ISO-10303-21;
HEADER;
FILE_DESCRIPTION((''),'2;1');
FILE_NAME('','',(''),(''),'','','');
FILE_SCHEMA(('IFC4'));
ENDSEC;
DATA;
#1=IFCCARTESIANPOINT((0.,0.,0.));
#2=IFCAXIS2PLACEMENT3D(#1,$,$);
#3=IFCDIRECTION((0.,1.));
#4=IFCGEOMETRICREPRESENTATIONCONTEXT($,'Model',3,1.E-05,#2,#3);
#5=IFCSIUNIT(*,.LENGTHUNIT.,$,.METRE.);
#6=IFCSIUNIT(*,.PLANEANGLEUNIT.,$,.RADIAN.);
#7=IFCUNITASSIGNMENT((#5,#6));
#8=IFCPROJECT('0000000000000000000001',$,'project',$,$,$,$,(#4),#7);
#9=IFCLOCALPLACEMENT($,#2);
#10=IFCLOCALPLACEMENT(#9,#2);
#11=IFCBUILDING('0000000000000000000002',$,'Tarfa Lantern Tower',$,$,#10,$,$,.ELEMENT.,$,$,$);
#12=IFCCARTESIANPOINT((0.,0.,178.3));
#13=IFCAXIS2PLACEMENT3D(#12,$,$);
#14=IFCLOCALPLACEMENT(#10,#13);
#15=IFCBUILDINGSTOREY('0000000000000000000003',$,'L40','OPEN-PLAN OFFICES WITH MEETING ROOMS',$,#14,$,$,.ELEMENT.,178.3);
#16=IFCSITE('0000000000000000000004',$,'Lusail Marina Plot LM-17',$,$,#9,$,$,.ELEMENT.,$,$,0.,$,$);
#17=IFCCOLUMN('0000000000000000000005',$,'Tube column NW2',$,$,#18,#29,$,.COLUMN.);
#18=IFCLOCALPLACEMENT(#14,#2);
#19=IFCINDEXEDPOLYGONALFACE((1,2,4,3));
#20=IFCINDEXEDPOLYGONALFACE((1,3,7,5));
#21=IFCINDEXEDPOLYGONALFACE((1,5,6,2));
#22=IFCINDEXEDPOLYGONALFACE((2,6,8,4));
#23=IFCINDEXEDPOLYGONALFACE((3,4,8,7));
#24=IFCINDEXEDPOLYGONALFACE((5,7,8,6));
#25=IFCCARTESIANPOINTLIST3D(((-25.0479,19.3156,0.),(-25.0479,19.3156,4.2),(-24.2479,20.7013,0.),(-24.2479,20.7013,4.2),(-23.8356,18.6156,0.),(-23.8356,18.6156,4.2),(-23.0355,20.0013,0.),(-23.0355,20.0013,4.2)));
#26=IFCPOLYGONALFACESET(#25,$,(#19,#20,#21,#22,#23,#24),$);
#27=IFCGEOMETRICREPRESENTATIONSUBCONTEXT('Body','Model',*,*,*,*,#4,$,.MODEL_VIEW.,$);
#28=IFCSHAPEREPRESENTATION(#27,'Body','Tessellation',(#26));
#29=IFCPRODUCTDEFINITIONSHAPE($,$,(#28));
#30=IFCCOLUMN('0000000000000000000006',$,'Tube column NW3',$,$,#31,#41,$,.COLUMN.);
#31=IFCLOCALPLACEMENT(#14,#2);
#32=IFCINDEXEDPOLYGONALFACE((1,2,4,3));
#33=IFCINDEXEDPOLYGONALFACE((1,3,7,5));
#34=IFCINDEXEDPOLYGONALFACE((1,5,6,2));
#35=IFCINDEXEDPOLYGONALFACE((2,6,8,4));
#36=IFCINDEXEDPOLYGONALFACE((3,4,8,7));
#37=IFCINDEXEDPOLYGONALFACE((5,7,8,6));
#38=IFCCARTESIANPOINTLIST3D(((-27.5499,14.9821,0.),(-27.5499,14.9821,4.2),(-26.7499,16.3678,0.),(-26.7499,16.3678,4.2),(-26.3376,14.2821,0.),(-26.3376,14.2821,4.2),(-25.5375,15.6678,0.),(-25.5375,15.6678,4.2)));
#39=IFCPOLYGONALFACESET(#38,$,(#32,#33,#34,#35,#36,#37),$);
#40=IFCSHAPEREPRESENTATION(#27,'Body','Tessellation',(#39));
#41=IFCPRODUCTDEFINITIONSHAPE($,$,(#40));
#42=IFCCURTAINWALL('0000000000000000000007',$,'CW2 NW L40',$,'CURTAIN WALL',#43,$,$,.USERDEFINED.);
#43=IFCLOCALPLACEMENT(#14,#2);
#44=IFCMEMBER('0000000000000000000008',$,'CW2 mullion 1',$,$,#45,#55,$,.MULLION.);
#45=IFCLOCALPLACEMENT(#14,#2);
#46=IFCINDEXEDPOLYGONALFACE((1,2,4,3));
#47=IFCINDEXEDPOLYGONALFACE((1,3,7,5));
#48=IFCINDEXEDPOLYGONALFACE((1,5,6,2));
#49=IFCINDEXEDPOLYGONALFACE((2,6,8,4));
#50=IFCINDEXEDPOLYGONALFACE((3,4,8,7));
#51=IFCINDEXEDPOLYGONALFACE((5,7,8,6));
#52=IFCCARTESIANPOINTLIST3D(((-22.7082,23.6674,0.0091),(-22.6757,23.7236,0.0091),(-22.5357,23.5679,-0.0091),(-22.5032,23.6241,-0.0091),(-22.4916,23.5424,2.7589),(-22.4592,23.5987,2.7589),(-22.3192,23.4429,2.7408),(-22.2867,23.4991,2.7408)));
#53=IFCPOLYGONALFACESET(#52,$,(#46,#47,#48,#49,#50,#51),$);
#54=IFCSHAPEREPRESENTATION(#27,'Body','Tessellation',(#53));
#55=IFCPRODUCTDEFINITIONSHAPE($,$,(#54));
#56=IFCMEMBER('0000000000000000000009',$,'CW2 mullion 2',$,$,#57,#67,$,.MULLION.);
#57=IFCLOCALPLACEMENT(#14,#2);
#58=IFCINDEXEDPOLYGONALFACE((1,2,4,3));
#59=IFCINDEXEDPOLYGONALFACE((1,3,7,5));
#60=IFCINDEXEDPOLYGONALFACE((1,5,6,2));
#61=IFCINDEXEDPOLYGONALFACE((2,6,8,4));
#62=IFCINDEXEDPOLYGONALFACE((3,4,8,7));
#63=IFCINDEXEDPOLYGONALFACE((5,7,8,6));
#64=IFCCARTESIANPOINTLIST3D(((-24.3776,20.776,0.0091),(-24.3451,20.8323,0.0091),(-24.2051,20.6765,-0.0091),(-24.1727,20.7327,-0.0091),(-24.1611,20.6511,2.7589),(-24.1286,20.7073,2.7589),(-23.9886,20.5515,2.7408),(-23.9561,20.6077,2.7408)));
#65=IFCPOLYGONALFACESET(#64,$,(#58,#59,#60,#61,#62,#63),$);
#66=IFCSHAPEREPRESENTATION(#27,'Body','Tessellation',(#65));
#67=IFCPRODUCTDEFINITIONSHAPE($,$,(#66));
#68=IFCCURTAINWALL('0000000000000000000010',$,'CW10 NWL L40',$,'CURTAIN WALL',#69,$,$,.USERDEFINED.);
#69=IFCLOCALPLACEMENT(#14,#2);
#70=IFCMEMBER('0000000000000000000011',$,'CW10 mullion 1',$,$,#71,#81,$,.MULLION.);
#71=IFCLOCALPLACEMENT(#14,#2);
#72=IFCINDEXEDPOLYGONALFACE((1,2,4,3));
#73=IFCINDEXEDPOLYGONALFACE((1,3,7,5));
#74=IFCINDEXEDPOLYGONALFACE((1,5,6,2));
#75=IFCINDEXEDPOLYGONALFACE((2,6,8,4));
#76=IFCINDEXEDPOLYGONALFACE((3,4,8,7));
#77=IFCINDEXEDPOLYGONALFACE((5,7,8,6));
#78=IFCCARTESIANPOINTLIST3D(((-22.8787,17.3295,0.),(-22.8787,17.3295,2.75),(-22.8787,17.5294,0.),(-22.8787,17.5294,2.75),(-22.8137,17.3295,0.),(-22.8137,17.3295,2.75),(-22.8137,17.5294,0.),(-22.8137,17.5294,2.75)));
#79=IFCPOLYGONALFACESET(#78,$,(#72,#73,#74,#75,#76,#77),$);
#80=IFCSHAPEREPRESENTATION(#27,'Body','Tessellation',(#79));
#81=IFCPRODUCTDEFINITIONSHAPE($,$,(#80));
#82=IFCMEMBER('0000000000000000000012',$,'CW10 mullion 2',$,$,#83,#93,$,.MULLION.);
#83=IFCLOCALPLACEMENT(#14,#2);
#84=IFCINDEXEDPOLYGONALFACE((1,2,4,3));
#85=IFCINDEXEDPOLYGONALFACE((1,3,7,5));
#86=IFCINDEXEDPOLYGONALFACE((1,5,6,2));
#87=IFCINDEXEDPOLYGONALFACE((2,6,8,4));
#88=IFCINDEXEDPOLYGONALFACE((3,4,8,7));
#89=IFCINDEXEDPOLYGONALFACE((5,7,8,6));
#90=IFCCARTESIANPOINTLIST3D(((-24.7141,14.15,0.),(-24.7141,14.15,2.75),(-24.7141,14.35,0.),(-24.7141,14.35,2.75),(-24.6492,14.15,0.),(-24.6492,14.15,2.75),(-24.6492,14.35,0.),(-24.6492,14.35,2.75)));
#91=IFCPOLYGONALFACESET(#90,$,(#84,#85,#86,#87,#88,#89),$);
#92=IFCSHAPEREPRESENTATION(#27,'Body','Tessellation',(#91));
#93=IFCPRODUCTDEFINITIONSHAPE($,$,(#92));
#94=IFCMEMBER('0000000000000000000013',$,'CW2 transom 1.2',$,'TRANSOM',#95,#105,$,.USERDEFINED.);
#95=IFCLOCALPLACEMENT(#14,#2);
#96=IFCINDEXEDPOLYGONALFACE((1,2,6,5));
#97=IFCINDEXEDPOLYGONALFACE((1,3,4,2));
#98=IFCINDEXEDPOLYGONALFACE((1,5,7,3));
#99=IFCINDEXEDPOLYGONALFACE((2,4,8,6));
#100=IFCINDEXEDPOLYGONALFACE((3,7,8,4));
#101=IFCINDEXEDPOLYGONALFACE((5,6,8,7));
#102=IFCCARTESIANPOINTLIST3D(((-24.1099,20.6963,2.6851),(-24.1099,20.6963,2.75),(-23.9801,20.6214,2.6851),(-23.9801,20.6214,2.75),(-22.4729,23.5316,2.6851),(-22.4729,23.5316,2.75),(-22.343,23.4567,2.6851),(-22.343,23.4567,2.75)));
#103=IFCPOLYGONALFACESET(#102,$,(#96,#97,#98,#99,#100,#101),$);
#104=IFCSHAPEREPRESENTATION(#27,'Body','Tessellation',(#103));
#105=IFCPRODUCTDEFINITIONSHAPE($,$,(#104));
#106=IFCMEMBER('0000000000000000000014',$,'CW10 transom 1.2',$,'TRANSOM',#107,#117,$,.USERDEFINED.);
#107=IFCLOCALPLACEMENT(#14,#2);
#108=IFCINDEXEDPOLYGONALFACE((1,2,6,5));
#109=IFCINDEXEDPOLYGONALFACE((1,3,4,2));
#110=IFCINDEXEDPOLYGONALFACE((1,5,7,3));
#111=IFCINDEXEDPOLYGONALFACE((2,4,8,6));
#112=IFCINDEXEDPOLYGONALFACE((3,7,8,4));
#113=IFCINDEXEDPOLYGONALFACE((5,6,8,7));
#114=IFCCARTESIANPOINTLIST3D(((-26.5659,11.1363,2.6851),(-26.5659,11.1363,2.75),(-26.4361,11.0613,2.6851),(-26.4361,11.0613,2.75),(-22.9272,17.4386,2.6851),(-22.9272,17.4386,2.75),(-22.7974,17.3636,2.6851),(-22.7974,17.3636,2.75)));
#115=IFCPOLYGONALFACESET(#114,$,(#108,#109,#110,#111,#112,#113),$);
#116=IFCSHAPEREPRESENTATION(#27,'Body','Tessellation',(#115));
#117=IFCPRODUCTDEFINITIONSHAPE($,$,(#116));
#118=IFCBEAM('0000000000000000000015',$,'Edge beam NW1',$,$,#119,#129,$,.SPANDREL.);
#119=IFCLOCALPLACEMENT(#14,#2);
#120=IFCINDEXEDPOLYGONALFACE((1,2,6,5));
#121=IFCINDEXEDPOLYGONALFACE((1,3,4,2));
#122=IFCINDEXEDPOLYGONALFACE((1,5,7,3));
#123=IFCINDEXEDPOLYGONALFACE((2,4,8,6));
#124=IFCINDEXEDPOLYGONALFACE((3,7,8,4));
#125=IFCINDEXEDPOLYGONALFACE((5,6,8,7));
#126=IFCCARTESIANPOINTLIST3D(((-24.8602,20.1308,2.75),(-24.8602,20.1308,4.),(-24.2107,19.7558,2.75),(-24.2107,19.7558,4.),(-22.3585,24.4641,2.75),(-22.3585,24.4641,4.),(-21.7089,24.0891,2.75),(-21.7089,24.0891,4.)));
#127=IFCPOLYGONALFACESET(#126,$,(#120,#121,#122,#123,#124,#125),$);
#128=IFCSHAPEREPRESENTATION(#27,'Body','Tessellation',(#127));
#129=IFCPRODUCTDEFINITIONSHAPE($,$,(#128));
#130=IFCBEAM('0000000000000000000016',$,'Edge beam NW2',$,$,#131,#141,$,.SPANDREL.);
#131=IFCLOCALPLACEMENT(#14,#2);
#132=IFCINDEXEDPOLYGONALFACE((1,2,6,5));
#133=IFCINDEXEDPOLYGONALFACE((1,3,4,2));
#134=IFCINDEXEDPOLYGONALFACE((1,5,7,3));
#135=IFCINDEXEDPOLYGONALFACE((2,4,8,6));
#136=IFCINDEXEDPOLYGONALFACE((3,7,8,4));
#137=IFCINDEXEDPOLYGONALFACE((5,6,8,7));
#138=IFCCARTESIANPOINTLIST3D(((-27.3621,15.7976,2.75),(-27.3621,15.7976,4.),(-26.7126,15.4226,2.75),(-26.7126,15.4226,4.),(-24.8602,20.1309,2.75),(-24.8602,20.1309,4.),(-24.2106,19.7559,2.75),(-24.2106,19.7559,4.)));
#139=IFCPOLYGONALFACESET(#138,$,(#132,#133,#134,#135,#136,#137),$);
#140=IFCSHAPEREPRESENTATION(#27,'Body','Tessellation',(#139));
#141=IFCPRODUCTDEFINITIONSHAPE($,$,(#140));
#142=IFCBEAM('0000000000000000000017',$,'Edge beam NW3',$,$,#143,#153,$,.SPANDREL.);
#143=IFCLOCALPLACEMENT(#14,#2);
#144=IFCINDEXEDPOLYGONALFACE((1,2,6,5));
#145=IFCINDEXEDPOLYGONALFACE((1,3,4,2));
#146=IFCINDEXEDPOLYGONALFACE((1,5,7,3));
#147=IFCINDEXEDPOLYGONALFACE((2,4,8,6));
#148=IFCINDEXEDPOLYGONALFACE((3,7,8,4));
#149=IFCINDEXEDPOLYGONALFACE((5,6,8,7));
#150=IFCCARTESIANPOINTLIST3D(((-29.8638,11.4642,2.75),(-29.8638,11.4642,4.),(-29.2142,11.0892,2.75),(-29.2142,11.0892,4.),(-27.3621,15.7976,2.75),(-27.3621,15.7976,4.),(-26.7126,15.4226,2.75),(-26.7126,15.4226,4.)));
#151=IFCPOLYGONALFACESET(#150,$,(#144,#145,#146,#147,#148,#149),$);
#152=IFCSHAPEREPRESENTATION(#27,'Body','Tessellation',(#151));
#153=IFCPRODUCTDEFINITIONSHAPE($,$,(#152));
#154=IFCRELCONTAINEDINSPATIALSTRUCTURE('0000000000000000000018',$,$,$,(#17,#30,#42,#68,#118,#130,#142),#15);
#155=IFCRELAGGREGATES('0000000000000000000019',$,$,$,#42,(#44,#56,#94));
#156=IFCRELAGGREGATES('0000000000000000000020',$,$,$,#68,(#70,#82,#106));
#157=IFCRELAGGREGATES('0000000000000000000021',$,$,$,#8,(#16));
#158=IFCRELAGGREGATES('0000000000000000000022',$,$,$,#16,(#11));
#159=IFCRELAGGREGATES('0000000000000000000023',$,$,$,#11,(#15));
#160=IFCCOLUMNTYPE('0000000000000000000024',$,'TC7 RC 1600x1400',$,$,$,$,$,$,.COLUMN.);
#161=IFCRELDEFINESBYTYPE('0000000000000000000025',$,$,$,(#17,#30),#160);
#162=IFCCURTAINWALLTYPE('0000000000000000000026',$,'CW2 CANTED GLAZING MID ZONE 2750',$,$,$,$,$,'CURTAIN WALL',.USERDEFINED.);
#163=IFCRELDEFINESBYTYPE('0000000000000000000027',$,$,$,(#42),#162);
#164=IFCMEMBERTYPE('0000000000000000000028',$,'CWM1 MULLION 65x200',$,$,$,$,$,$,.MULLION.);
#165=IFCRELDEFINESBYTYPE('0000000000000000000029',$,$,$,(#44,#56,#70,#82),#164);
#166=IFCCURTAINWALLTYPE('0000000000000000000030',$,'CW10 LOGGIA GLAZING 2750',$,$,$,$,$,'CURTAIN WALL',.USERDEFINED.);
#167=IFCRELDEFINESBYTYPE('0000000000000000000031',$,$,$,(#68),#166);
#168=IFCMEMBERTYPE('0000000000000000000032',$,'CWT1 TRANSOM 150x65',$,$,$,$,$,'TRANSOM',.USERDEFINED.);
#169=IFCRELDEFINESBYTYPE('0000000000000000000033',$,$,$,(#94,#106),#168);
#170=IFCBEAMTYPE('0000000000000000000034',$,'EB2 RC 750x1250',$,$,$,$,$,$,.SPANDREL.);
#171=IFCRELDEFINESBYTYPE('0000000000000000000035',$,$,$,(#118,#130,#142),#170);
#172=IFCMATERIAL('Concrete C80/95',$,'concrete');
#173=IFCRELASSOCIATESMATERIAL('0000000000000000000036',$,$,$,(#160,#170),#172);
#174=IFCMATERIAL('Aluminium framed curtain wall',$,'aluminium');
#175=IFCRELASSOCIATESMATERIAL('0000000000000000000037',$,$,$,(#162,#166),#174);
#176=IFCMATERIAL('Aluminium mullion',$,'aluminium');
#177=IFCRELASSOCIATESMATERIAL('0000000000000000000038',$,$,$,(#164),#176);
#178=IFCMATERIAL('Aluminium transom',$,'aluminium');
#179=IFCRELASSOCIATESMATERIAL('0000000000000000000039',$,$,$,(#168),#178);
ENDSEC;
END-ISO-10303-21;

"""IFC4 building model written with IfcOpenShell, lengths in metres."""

from ifc_helpers import new_model, si_unit, direction, frame, origin, origin_2d, place, context, subcontext, project, spatial, rectangle, extrude, material, material_profile, profile_set, type_object, element, aggregate, save


model = new_model("IFC4")

# Units and contexts
model_context = context("Model", 3, precision=1e-05, world=origin(), true_north=direction((0.0, 1.0)))
body_context = subcontext(model_context, "Body", "Model", "MODEL_VIEW")
ifc_project = project(units=[si_unit("LENGTHUNIT", "METRE"), si_unit("PLANEANGLEUNIT", "RADIAN")], contexts=[model_context])

# Site, building, storey
site_placement = place(None, origin())
site = spatial("IfcSite", under=ifc_project, at=site_placement, Name="Lusail Marina Plot LM-17", CompositionType="ELEMENT", RefElevation=0.0)
building_placement = place(site_placement, origin())
building = spatial("IfcBuilding", under=site, at=building_placement, Name="Tarfa Lantern Tower", CompositionType="ELEMENT")
storey_placement = place(building_placement, frame((0.0, 0.0, 178.3)))
storey = spatial("IfcBuildingStorey", under=building, at=storey_placement, Name="L40", Description="OPEN-PLAN OFFICES WITH MEETING ROOMS", CompositionType="ELEMENT", Elevation=178.3)

# Columns
ifc_material_1 = material(Name="Concrete C80/95", Category="concrete")
ifc_material_profile_1 = material_profile(ifc_material_1, rectangle(XDim=1.6001, YDim=1.3999, at=origin_2d()), Name="RC 1600x1400")
ifc_profile_set_1 = profile_set([ifc_material_profile_1], Name="Concrete C80/95")
column_type = type_object("IfcColumnType", Name="TC7 RC 1600x1400", PredefinedType="COLUMN", material=ifc_profile_set_1)
for number, where, z_axis, x_axis, name in (
    (1, (-24.0417, 19.6584, 0.0), (0.0, 0.0, 1.0), (-0.5, -0.866025, 0.0), "Tube column NW2"),
    (2, (-26.5437, 15.325, 0.0), (0.0, 0.0, 1.0), (-0.5, -0.866025, 0.0), "Tube column NW3"),
):
    element("IfcColumn", number, at=place(storey_placement, frame(where, z_axis=z_axis, x_axis=x_axis)), inside=storey, type_object=column_type, Name=name, PredefinedType="COLUMN", context=body_context, shape_type="SweptSolid", body=[
        extrude(rectangle(XDim=1.6001, YDim=1.3999, at=origin_2d()), origin(), (0.0, 0.0, 1.0), 4.2),
    ])

# Curtain walls, members
ifc_material_2 = material(Name="Aluminium framed curtain wall", Category="aluminium")
curtain_wall_type_1 = type_object("IfcCurtainWallType", Name="CW2 CANTED GLAZING MID ZONE 2750", ElementType="CURTAIN WALL", PredefinedType="USERDEFINED", material=ifc_material_2)
curtain_wall_1_placement = place(storey_placement, origin())
curtain_wall_1 = element("IfcCurtainWall", 3, at=curtain_wall_1_placement, inside=storey, type_object=curtain_wall_type_1, Name="CW2 NW L40", ObjectType="CURTAIN WALL", PredefinedType="USERDEFINED")
ifc_material_3 = material(Name="Aluminium mullion", Category="aluminium")
ifc_material_profile_2 = material_profile(ifc_material_3, rectangle(XDim=0.0649, YDim=0.2, at=origin_2d()), Name="AL MULLION 65x200")
ifc_profile_set_2 = profile_set([ifc_material_profile_2], Name="Aluminium mullion")
member_type_1 = type_object("IfcMemberType", Name="CWM1 MULLION 65x200", PredefinedType="MULLION", material=ifc_profile_set_2)
member_1_placement = place(storey_placement, frame((-22.6057, 23.6458, 0.0), z_axis=(0.078423, -0.045268, 0.995892), x_axis=(0.49992, 0.866072, 0.0)))
member_1 = element("IfcMember", 4, at=member_1_placement, type_object=member_type_1, Name="CW2 mullion 1", PredefinedType="MULLION", context=body_context, shape_type="SweptSolid", body=[
    extrude(rectangle(XDim=0.0649, YDim=0.2, at=origin_2d()), origin(), (0.0, 0.0, 1.0), 2.7612),
])
member_2_placement = place(storey_placement, frame((-24.2751, 20.7544, 0.0), z_axis=(0.078423, -0.045268, 0.995892), x_axis=(0.49992, 0.866072, 0.0)))
member_2 = element("IfcMember", 5, at=member_2_placement, type_object=member_type_1, Name="CW2 mullion 2", PredefinedType="MULLION", context=body_context, shape_type="SweptSolid", body=[
    extrude(rectangle(XDim=0.0649, YDim=0.2, at=origin_2d()), origin(), (0.0, 0.0, 1.0), 2.7612),
])
curtain_wall_type_2 = type_object("IfcCurtainWallType", Name="CW10 LOGGIA GLAZING 2750", ElementType="CURTAIN WALL", PredefinedType="USERDEFINED", material=ifc_material_2)
curtain_wall_2_placement = place(storey_placement, origin())
curtain_wall_2 = element("IfcCurtainWall", 6, at=curtain_wall_2_placement, inside=storey, type_object=curtain_wall_type_2, Name="CW10 NWL L40", ObjectType="CURTAIN WALL", PredefinedType="USERDEFINED")
member_3_placement = place(storey_placement, frame((-22.8462, 17.4294, 0.0), z_axis=(0.0, 0.0, 1.0), x_axis=(1.0, 0.0, 0.0)))
member_3 = element("IfcMember", 7, at=member_3_placement, type_object=member_type_1, Name="CW10 mullion 1", PredefinedType="MULLION", context=body_context, shape_type="SweptSolid", body=[
    extrude(rectangle(XDim=0.0649, YDim=0.2, at=origin_2d()), origin(), (0.0, 0.0, 1.0), 2.75),
])
member_4_placement = place(storey_placement, frame((-24.6816, 14.25, 0.0), z_axis=(0.0, 0.0, 1.0), x_axis=(1.0, 0.0, 0.0)))
member_4 = element("IfcMember", 8, at=member_4_placement, type_object=member_type_1, Name="CW10 mullion 2", PredefinedType="MULLION", context=body_context, shape_type="SweptSolid", body=[
    extrude(rectangle(XDim=0.0649, YDim=0.2, at=origin_2d()), origin(), (0.0, 0.0, 1.0), 2.75),
])

# Members
ifc_material_4 = material(Name="Aluminium transom", Category="aluminium")
ifc_material_profile_3 = material_profile(ifc_material_4, rectangle(XDim=0.1499, YDim=0.0649, at=origin_2d()), Name="AL TRANSOM 150x65")
ifc_profile_set_3 = profile_set([ifc_material_profile_3], Name="Aluminium transom")
member_type_2 = type_object("IfcMemberType", Name="CWT1 TRANSOM 150x65", ElementType="TRANSOM", PredefinedType="USERDEFINED", material=ifc_profile_set_3)
member_5_placement = place(storey_placement, frame((-22.408, 23.4941, 2.7175), z_axis=(-0.500013, -0.866018, 0.0), x_axis=(0.866018, -0.500013, 0.0)))
member_5 = element("IfcMember", 9, at=member_5_placement, type_object=member_type_2, Name="CW2 transom 1.2", ObjectType="TRANSOM", PredefinedType="USERDEFINED", context=body_context, shape_type="SweptSolid", body=[
    extrude(rectangle(XDim=0.1499, YDim=0.0649, at=origin_2d()), origin(), (0.0, 0.0, 1.0), 3.2739),
])
member_6_placement = place(storey_placement, frame((-22.8623, 17.4011, 2.7175), z_axis=(-0.500007, -0.866021, 0.0), x_axis=(0.866021, -0.500007, 0.0)))
member_6 = element("IfcMember", 10, at=member_6_placement, type_object=member_type_2, Name="CW10 transom 1.2", ObjectType="TRANSOM", PredefinedType="USERDEFINED", context=body_context, shape_type="SweptSolid", body=[
    extrude(rectangle(XDim=0.1499, YDim=0.0649, at=origin_2d()), origin(), (0.0, 0.0, 1.0), 7.2773),
])

# Beams
ifc_material_profile_4 = material_profile(ifc_material_1, rectangle(XDim=0.75, YDim=1.25, at=origin_2d()), Name="RC 750x1250")
ifc_profile_set_4 = profile_set([ifc_material_profile_4], Name="Concrete C80/95")
beam_type_1 = type_object("IfcBeamType", Name="EB2 RC 750x1250", PredefinedType="SPANDREL", material=ifc_profile_set_4)
for number, where, z_axis, x_axis, name in (
    (11, (-22.0337, 24.2766, 3.375), (-0.499986, -0.866034, 0.0), (0.866034, -0.499986, 0.0), "Edge beam NW1"),
    (12, (-24.5354, 19.9434, 3.375), (-0.500022, -0.866013, 0.0), (0.866013, -0.500022, 0.0), "Edge beam NW2"),
    (13, (-27.0374, 15.6101, 3.375), (-0.499965, -0.866046, 0.0), (0.866046, -0.499965, 0.0), "Edge beam NW3"),
):
    element("IfcBeam", number, at=place(storey_placement, frame(where, z_axis=z_axis, x_axis=x_axis)), inside=storey, type_object=beam_type_1, Name=name, PredefinedType="SPANDREL", context=body_context, shape_type="SweptSolid", body=[
        extrude(rectangle(XDim=0.75, YDim=1.25, at=origin_2d()), origin(), (0.0, 0.0, 1.0), 5.0037),
    ])

aggregate(curtain_wall_1, [member_1, member_2, member_5])
aggregate(curtain_wall_2, [member_3, member_4, member_6])

save(model, "model.ifc")
